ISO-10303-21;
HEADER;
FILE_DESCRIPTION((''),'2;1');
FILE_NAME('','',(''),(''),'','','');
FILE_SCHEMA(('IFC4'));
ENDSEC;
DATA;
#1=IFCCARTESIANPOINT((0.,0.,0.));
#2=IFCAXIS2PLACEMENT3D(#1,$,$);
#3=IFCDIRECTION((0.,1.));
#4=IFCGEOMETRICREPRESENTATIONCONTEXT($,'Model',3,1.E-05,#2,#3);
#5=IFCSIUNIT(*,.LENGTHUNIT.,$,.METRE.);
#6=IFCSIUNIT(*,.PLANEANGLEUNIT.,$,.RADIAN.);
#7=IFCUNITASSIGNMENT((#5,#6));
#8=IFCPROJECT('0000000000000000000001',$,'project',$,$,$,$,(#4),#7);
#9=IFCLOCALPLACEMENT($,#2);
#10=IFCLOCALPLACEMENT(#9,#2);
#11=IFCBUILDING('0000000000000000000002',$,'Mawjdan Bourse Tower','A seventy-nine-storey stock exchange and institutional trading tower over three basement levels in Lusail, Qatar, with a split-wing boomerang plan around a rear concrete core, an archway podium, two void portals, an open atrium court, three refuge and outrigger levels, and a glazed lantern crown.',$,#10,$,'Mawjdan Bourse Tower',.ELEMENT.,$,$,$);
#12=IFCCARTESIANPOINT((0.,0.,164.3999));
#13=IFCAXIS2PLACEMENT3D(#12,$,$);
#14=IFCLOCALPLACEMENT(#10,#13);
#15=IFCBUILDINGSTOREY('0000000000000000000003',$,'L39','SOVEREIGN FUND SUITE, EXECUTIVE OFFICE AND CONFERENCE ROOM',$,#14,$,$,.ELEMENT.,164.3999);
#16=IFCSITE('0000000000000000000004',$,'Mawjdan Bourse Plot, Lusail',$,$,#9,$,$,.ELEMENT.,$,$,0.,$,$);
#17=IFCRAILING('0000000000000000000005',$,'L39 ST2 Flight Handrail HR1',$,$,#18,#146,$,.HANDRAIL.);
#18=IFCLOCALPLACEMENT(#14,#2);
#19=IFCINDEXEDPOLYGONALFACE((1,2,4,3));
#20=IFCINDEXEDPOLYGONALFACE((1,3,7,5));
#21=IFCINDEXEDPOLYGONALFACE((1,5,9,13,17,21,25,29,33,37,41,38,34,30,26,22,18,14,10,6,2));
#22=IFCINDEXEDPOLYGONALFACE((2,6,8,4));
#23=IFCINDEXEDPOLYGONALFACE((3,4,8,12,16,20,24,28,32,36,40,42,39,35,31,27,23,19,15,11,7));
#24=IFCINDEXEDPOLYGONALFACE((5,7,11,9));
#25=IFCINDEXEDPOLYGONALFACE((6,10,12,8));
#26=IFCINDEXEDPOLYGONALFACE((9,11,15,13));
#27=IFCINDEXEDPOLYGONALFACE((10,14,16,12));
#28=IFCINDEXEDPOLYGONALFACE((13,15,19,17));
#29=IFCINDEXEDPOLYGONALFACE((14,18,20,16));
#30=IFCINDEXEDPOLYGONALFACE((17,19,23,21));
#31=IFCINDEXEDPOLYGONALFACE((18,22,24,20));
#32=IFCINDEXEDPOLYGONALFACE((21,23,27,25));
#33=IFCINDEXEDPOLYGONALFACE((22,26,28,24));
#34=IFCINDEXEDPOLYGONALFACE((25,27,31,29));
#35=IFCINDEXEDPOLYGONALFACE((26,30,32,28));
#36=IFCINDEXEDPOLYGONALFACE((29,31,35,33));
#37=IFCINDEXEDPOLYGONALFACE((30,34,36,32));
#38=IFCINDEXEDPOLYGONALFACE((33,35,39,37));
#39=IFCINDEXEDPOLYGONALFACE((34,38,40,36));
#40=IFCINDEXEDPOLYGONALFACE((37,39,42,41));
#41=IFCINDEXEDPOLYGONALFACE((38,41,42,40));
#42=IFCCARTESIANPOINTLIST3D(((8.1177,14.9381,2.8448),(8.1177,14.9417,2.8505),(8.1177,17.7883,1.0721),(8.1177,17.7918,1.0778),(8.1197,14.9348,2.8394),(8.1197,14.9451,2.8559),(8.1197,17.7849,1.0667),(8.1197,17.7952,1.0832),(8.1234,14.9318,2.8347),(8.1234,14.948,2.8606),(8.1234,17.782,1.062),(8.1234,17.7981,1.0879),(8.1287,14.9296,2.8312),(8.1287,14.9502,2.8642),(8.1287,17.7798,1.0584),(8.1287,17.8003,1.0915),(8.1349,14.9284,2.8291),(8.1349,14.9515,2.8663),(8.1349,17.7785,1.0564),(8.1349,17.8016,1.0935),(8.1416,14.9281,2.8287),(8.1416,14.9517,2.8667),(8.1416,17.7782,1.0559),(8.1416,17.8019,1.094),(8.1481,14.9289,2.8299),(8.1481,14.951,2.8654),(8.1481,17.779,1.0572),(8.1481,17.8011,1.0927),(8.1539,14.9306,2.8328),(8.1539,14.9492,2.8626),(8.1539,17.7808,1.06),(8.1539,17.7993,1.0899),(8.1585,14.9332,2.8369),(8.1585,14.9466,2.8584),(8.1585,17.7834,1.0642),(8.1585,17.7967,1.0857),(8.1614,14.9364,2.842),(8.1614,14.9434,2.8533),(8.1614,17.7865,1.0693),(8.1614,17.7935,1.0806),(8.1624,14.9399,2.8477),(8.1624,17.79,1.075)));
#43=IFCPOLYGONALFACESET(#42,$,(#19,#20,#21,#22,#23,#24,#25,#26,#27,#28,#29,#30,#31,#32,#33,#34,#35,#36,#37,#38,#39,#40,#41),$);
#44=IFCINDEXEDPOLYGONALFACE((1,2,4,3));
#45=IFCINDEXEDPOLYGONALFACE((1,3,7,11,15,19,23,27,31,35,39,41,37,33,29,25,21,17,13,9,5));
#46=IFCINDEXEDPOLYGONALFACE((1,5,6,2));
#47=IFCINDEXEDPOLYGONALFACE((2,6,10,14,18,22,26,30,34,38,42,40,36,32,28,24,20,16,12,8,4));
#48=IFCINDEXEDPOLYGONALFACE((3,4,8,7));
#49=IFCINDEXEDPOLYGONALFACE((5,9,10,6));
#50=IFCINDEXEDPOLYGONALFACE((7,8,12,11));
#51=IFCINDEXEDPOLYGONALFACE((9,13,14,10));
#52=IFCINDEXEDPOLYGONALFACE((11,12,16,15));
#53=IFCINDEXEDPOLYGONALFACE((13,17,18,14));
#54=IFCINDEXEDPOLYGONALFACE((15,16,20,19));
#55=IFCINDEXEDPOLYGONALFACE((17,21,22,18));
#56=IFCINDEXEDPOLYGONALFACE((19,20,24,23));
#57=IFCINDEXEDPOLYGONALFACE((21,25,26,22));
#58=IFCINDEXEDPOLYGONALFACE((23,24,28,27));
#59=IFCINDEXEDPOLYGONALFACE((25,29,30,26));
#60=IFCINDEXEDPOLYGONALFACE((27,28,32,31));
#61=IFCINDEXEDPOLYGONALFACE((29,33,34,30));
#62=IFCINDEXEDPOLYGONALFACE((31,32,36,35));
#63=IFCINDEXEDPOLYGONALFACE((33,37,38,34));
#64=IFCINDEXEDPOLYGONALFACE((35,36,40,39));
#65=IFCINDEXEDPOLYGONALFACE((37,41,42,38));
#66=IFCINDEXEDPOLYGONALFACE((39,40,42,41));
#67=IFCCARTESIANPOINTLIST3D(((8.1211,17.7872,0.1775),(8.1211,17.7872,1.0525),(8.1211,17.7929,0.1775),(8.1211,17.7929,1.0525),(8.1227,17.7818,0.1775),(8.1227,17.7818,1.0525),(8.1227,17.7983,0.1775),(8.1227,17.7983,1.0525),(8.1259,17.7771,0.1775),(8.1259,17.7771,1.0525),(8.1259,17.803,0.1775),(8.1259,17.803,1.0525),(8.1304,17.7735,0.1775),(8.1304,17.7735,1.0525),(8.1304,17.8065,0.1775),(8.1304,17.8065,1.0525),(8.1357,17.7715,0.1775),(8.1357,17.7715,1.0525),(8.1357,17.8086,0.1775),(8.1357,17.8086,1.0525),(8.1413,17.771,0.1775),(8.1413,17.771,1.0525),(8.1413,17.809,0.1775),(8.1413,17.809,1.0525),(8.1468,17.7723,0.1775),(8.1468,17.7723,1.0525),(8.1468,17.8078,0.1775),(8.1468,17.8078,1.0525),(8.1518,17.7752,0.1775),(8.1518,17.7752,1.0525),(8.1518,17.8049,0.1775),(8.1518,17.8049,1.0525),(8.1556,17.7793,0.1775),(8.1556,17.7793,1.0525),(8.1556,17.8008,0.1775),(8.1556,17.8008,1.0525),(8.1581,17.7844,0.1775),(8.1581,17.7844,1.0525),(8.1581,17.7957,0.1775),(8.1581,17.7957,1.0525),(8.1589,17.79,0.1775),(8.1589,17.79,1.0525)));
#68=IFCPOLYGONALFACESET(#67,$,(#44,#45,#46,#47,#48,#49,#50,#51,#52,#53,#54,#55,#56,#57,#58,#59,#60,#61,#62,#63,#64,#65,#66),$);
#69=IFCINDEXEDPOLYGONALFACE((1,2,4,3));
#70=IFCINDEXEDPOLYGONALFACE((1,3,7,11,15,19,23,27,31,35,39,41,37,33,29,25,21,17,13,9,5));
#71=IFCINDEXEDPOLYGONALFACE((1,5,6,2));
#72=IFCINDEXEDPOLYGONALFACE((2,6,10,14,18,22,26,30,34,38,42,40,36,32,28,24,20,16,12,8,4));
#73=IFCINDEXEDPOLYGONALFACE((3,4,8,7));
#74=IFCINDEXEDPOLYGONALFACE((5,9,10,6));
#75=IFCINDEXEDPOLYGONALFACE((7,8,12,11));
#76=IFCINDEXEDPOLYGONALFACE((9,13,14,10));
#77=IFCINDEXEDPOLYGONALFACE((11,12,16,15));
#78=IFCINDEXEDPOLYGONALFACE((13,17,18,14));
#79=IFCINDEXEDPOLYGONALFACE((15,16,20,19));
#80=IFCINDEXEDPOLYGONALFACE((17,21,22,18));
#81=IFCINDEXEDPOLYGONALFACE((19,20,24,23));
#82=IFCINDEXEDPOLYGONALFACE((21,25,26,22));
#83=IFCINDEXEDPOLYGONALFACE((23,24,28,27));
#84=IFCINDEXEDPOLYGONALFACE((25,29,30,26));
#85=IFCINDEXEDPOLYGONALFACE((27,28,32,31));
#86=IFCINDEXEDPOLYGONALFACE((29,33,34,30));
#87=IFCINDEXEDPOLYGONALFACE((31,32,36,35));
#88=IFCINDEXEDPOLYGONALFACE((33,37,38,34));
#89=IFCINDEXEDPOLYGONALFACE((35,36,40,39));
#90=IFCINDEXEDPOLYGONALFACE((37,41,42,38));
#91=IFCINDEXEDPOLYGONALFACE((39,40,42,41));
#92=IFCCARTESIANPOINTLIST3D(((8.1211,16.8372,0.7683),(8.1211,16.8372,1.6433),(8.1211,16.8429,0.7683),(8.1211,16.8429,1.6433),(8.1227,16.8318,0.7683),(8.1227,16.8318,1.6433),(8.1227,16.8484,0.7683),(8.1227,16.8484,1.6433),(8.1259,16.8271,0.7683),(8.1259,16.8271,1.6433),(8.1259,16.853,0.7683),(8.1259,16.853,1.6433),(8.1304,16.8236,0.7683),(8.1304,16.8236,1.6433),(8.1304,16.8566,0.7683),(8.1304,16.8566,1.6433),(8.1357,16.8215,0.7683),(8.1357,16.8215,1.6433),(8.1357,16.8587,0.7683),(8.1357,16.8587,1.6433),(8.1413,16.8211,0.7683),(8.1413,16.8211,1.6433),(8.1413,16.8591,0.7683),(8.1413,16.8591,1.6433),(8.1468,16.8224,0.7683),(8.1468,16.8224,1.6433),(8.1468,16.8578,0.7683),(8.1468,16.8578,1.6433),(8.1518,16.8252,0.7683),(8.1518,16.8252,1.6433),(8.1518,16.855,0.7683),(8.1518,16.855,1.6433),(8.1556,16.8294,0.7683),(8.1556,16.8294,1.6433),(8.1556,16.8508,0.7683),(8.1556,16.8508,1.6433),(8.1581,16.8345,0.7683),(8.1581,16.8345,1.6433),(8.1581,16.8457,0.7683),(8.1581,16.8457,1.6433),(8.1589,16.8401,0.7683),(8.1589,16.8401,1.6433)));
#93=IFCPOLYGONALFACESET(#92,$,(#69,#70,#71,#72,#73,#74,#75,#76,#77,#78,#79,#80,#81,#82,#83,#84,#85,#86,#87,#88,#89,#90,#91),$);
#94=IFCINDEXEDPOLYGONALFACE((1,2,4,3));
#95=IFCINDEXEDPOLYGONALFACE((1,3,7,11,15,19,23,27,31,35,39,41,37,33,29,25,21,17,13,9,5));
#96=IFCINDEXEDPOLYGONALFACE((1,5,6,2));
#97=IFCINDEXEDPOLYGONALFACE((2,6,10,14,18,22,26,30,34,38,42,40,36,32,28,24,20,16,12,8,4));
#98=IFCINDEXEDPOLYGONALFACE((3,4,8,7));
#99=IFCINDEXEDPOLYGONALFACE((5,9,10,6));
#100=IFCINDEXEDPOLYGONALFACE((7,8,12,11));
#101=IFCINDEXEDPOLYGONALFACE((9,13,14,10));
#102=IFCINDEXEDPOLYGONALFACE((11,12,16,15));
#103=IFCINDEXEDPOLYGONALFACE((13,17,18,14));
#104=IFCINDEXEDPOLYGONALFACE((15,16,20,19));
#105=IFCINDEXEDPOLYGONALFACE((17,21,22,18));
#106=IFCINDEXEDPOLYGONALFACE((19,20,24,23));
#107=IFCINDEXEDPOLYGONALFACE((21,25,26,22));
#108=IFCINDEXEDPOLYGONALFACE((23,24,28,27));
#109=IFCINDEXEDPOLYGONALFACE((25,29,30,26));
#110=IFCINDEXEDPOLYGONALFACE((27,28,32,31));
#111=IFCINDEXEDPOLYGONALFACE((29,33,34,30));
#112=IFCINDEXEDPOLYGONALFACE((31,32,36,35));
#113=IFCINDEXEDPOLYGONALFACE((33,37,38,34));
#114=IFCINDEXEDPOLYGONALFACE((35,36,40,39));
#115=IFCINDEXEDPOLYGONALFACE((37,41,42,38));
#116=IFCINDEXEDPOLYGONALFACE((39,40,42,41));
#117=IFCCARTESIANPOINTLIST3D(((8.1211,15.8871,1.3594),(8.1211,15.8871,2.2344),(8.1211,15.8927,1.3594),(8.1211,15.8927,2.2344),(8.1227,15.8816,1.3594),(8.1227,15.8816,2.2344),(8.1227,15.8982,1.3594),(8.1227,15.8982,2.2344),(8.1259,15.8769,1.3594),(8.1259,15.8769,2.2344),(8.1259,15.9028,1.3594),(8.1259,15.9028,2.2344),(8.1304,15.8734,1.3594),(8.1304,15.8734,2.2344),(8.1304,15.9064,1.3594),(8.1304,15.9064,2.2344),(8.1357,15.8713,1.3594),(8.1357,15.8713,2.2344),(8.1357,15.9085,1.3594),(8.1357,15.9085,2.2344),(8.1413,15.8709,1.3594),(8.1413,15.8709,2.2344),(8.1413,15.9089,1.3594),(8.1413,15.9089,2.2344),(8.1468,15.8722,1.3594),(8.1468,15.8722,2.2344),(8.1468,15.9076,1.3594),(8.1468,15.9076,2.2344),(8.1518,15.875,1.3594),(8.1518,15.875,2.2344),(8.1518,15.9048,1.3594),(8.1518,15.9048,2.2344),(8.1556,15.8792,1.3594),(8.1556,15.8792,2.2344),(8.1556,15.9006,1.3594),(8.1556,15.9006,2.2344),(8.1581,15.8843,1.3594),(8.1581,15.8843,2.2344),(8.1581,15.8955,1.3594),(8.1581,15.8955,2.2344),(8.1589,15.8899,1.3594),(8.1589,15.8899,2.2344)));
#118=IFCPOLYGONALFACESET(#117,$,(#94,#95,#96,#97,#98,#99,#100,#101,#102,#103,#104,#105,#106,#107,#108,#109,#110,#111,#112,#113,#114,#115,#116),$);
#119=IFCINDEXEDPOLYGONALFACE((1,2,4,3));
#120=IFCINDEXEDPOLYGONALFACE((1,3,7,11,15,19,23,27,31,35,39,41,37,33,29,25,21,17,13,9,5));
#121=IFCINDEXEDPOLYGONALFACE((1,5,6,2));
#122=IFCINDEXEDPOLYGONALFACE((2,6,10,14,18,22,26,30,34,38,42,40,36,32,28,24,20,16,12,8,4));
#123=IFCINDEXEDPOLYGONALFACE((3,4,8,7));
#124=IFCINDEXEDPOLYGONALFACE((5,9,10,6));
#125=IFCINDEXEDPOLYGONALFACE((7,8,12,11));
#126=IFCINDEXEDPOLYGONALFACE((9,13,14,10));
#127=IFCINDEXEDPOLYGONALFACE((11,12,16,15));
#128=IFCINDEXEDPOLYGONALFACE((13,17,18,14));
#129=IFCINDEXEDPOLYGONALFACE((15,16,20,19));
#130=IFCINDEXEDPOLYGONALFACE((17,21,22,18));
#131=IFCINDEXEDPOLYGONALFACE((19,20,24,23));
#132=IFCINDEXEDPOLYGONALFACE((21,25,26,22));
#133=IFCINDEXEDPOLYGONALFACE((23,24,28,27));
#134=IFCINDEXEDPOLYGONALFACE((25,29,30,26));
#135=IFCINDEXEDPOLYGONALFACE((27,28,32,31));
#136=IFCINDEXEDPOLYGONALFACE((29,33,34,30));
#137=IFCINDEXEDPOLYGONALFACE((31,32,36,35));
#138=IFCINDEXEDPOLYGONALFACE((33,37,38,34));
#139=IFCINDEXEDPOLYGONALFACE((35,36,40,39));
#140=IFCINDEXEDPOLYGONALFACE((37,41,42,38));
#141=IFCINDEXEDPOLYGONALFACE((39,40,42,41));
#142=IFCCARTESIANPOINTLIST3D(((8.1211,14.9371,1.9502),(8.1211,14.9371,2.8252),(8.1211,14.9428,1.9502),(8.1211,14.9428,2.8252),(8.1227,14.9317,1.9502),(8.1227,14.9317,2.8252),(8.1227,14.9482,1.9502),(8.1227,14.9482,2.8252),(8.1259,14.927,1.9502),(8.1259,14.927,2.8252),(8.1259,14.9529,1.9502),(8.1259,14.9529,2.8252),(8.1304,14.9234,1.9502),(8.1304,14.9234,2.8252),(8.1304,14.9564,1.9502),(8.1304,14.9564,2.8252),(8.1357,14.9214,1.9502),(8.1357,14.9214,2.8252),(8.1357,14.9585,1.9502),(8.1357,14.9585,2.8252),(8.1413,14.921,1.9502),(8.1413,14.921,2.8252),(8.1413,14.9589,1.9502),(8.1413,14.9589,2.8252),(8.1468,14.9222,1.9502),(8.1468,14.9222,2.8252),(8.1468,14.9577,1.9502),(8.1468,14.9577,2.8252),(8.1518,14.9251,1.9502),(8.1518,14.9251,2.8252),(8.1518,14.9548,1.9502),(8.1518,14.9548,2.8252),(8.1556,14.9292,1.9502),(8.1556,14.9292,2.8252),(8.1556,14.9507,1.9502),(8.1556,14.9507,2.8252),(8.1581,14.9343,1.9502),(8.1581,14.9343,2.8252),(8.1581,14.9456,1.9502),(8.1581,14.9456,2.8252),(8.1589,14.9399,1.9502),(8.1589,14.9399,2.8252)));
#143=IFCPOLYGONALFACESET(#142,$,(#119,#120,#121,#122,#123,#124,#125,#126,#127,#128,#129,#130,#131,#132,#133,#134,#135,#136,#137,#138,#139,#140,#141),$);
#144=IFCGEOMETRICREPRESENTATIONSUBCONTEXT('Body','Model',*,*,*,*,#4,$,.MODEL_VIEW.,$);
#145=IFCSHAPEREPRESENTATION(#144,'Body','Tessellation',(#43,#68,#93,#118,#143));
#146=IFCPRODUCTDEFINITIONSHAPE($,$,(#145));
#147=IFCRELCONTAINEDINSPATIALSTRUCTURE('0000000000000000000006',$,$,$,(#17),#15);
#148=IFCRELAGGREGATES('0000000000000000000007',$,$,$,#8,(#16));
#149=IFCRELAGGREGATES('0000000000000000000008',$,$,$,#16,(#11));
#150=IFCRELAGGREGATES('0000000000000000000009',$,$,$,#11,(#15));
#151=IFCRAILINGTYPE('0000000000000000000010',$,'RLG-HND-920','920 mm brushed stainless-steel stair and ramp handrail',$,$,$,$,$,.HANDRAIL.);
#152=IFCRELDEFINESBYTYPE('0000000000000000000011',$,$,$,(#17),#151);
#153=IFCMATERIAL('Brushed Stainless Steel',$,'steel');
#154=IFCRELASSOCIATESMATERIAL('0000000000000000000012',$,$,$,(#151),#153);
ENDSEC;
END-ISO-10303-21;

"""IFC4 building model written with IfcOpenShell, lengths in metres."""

from ifc_helpers import new_model, si_unit, direction, frame, origin, origin_2d, place, context, subcontext, project, spatial, circle, extrude, material, type_object, element, save


model = new_model("IFC4")

# Units and contexts
model_context = context("Model", 3, precision=1e-05, world=origin(), true_north=direction((0.0, 1.0)))
body_context = subcontext(model_context, "Body", "Model", "MODEL_VIEW")
ifc_project = project(units=[si_unit("LENGTHUNIT", "METRE"), si_unit("PLANEANGLEUNIT", "RADIAN")], contexts=[model_context])

# Site, building, storey
site_placement = place(None, origin())
site = spatial("IfcSite", under=ifc_project, at=site_placement, Name="Mawjdan Bourse Plot, Lusail", CompositionType="ELEMENT", RefElevation=0.0)
building_placement = place(site_placement, origin())
building = spatial("IfcBuilding", under=site, at=building_placement, Name="Mawjdan Bourse Tower", Description="A seventy-nine-storey stock exchange and institutional trading tower over three basement levels in Lusail, Qatar, with a split-wing boomerang plan around a rear concrete core, an archway podium, two void portals, an open atrium court, three refuge and outrigger levels, and a glazed lantern crown.", LongName="Mawjdan Bourse Tower", CompositionType="ELEMENT")
storey_placement = place(building_placement, frame((0.0, 0.0, 164.3999)))
storey = spatial("IfcBuildingStorey", under=building, at=storey_placement, Name="L39", Description="SOVEREIGN FUND SUITE, EXECUTIVE OFFICE AND CONFERENCE ROOM", CompositionType="ELEMENT", Elevation=164.3999)

# Shared definitions
ifc_material_1 = material(Name="Brushed Stainless Steel", Category="steel")

# Railing
railing_type_1 = type_object("IfcRailingType", Name="RLG-HND-920", Description="920 mm brushed stainless-steel stair and ramp handrail", PredefinedType="HANDRAIL", material=ifc_material_1)
for number, where, name in (
    (1, (8.1399, 17.79, 0.1775), "L39 ST2 Flight Handrail HR1"),
):
    element("IfcRailing", number, at=place(storey_placement, frame(where)), inside=storey, type_object=railing_type_1, Name=name, PredefinedType="HANDRAIL", context=body_context, shape_type="SweptSolid", body=[
        extrude(circle(Radius=0.0225, at=origin_2d()), frame((0.0, 0.0, 0.8975), z_axis=(0.0, -0.849149, 0.528154), x_axis=(1.0, 0.0, 0.0)), (0.0, 0.0, 1.0), 3.3564),
        extrude(circle(Radius=0.019, at=origin_2d()), origin(), (0.0, 0.0, 1.0), 0.875),
        extrude(circle(Radius=0.019, at=origin_2d()), frame((0.0, -0.95, 0.5908)), (0.0, 0.0, 1.0), 0.875),
        extrude(circle(Radius=0.019, at=origin_2d()), frame((0.0, -1.9001, 1.1819)), (0.0, 0.0, 1.0), 0.875),
        extrude(circle(Radius=0.019, at=origin_2d()), frame((0.0, -2.8501, 1.7727)), (0.0, 0.0, 1.0), 0.875),
    ])

save(model, "model.ifc")
